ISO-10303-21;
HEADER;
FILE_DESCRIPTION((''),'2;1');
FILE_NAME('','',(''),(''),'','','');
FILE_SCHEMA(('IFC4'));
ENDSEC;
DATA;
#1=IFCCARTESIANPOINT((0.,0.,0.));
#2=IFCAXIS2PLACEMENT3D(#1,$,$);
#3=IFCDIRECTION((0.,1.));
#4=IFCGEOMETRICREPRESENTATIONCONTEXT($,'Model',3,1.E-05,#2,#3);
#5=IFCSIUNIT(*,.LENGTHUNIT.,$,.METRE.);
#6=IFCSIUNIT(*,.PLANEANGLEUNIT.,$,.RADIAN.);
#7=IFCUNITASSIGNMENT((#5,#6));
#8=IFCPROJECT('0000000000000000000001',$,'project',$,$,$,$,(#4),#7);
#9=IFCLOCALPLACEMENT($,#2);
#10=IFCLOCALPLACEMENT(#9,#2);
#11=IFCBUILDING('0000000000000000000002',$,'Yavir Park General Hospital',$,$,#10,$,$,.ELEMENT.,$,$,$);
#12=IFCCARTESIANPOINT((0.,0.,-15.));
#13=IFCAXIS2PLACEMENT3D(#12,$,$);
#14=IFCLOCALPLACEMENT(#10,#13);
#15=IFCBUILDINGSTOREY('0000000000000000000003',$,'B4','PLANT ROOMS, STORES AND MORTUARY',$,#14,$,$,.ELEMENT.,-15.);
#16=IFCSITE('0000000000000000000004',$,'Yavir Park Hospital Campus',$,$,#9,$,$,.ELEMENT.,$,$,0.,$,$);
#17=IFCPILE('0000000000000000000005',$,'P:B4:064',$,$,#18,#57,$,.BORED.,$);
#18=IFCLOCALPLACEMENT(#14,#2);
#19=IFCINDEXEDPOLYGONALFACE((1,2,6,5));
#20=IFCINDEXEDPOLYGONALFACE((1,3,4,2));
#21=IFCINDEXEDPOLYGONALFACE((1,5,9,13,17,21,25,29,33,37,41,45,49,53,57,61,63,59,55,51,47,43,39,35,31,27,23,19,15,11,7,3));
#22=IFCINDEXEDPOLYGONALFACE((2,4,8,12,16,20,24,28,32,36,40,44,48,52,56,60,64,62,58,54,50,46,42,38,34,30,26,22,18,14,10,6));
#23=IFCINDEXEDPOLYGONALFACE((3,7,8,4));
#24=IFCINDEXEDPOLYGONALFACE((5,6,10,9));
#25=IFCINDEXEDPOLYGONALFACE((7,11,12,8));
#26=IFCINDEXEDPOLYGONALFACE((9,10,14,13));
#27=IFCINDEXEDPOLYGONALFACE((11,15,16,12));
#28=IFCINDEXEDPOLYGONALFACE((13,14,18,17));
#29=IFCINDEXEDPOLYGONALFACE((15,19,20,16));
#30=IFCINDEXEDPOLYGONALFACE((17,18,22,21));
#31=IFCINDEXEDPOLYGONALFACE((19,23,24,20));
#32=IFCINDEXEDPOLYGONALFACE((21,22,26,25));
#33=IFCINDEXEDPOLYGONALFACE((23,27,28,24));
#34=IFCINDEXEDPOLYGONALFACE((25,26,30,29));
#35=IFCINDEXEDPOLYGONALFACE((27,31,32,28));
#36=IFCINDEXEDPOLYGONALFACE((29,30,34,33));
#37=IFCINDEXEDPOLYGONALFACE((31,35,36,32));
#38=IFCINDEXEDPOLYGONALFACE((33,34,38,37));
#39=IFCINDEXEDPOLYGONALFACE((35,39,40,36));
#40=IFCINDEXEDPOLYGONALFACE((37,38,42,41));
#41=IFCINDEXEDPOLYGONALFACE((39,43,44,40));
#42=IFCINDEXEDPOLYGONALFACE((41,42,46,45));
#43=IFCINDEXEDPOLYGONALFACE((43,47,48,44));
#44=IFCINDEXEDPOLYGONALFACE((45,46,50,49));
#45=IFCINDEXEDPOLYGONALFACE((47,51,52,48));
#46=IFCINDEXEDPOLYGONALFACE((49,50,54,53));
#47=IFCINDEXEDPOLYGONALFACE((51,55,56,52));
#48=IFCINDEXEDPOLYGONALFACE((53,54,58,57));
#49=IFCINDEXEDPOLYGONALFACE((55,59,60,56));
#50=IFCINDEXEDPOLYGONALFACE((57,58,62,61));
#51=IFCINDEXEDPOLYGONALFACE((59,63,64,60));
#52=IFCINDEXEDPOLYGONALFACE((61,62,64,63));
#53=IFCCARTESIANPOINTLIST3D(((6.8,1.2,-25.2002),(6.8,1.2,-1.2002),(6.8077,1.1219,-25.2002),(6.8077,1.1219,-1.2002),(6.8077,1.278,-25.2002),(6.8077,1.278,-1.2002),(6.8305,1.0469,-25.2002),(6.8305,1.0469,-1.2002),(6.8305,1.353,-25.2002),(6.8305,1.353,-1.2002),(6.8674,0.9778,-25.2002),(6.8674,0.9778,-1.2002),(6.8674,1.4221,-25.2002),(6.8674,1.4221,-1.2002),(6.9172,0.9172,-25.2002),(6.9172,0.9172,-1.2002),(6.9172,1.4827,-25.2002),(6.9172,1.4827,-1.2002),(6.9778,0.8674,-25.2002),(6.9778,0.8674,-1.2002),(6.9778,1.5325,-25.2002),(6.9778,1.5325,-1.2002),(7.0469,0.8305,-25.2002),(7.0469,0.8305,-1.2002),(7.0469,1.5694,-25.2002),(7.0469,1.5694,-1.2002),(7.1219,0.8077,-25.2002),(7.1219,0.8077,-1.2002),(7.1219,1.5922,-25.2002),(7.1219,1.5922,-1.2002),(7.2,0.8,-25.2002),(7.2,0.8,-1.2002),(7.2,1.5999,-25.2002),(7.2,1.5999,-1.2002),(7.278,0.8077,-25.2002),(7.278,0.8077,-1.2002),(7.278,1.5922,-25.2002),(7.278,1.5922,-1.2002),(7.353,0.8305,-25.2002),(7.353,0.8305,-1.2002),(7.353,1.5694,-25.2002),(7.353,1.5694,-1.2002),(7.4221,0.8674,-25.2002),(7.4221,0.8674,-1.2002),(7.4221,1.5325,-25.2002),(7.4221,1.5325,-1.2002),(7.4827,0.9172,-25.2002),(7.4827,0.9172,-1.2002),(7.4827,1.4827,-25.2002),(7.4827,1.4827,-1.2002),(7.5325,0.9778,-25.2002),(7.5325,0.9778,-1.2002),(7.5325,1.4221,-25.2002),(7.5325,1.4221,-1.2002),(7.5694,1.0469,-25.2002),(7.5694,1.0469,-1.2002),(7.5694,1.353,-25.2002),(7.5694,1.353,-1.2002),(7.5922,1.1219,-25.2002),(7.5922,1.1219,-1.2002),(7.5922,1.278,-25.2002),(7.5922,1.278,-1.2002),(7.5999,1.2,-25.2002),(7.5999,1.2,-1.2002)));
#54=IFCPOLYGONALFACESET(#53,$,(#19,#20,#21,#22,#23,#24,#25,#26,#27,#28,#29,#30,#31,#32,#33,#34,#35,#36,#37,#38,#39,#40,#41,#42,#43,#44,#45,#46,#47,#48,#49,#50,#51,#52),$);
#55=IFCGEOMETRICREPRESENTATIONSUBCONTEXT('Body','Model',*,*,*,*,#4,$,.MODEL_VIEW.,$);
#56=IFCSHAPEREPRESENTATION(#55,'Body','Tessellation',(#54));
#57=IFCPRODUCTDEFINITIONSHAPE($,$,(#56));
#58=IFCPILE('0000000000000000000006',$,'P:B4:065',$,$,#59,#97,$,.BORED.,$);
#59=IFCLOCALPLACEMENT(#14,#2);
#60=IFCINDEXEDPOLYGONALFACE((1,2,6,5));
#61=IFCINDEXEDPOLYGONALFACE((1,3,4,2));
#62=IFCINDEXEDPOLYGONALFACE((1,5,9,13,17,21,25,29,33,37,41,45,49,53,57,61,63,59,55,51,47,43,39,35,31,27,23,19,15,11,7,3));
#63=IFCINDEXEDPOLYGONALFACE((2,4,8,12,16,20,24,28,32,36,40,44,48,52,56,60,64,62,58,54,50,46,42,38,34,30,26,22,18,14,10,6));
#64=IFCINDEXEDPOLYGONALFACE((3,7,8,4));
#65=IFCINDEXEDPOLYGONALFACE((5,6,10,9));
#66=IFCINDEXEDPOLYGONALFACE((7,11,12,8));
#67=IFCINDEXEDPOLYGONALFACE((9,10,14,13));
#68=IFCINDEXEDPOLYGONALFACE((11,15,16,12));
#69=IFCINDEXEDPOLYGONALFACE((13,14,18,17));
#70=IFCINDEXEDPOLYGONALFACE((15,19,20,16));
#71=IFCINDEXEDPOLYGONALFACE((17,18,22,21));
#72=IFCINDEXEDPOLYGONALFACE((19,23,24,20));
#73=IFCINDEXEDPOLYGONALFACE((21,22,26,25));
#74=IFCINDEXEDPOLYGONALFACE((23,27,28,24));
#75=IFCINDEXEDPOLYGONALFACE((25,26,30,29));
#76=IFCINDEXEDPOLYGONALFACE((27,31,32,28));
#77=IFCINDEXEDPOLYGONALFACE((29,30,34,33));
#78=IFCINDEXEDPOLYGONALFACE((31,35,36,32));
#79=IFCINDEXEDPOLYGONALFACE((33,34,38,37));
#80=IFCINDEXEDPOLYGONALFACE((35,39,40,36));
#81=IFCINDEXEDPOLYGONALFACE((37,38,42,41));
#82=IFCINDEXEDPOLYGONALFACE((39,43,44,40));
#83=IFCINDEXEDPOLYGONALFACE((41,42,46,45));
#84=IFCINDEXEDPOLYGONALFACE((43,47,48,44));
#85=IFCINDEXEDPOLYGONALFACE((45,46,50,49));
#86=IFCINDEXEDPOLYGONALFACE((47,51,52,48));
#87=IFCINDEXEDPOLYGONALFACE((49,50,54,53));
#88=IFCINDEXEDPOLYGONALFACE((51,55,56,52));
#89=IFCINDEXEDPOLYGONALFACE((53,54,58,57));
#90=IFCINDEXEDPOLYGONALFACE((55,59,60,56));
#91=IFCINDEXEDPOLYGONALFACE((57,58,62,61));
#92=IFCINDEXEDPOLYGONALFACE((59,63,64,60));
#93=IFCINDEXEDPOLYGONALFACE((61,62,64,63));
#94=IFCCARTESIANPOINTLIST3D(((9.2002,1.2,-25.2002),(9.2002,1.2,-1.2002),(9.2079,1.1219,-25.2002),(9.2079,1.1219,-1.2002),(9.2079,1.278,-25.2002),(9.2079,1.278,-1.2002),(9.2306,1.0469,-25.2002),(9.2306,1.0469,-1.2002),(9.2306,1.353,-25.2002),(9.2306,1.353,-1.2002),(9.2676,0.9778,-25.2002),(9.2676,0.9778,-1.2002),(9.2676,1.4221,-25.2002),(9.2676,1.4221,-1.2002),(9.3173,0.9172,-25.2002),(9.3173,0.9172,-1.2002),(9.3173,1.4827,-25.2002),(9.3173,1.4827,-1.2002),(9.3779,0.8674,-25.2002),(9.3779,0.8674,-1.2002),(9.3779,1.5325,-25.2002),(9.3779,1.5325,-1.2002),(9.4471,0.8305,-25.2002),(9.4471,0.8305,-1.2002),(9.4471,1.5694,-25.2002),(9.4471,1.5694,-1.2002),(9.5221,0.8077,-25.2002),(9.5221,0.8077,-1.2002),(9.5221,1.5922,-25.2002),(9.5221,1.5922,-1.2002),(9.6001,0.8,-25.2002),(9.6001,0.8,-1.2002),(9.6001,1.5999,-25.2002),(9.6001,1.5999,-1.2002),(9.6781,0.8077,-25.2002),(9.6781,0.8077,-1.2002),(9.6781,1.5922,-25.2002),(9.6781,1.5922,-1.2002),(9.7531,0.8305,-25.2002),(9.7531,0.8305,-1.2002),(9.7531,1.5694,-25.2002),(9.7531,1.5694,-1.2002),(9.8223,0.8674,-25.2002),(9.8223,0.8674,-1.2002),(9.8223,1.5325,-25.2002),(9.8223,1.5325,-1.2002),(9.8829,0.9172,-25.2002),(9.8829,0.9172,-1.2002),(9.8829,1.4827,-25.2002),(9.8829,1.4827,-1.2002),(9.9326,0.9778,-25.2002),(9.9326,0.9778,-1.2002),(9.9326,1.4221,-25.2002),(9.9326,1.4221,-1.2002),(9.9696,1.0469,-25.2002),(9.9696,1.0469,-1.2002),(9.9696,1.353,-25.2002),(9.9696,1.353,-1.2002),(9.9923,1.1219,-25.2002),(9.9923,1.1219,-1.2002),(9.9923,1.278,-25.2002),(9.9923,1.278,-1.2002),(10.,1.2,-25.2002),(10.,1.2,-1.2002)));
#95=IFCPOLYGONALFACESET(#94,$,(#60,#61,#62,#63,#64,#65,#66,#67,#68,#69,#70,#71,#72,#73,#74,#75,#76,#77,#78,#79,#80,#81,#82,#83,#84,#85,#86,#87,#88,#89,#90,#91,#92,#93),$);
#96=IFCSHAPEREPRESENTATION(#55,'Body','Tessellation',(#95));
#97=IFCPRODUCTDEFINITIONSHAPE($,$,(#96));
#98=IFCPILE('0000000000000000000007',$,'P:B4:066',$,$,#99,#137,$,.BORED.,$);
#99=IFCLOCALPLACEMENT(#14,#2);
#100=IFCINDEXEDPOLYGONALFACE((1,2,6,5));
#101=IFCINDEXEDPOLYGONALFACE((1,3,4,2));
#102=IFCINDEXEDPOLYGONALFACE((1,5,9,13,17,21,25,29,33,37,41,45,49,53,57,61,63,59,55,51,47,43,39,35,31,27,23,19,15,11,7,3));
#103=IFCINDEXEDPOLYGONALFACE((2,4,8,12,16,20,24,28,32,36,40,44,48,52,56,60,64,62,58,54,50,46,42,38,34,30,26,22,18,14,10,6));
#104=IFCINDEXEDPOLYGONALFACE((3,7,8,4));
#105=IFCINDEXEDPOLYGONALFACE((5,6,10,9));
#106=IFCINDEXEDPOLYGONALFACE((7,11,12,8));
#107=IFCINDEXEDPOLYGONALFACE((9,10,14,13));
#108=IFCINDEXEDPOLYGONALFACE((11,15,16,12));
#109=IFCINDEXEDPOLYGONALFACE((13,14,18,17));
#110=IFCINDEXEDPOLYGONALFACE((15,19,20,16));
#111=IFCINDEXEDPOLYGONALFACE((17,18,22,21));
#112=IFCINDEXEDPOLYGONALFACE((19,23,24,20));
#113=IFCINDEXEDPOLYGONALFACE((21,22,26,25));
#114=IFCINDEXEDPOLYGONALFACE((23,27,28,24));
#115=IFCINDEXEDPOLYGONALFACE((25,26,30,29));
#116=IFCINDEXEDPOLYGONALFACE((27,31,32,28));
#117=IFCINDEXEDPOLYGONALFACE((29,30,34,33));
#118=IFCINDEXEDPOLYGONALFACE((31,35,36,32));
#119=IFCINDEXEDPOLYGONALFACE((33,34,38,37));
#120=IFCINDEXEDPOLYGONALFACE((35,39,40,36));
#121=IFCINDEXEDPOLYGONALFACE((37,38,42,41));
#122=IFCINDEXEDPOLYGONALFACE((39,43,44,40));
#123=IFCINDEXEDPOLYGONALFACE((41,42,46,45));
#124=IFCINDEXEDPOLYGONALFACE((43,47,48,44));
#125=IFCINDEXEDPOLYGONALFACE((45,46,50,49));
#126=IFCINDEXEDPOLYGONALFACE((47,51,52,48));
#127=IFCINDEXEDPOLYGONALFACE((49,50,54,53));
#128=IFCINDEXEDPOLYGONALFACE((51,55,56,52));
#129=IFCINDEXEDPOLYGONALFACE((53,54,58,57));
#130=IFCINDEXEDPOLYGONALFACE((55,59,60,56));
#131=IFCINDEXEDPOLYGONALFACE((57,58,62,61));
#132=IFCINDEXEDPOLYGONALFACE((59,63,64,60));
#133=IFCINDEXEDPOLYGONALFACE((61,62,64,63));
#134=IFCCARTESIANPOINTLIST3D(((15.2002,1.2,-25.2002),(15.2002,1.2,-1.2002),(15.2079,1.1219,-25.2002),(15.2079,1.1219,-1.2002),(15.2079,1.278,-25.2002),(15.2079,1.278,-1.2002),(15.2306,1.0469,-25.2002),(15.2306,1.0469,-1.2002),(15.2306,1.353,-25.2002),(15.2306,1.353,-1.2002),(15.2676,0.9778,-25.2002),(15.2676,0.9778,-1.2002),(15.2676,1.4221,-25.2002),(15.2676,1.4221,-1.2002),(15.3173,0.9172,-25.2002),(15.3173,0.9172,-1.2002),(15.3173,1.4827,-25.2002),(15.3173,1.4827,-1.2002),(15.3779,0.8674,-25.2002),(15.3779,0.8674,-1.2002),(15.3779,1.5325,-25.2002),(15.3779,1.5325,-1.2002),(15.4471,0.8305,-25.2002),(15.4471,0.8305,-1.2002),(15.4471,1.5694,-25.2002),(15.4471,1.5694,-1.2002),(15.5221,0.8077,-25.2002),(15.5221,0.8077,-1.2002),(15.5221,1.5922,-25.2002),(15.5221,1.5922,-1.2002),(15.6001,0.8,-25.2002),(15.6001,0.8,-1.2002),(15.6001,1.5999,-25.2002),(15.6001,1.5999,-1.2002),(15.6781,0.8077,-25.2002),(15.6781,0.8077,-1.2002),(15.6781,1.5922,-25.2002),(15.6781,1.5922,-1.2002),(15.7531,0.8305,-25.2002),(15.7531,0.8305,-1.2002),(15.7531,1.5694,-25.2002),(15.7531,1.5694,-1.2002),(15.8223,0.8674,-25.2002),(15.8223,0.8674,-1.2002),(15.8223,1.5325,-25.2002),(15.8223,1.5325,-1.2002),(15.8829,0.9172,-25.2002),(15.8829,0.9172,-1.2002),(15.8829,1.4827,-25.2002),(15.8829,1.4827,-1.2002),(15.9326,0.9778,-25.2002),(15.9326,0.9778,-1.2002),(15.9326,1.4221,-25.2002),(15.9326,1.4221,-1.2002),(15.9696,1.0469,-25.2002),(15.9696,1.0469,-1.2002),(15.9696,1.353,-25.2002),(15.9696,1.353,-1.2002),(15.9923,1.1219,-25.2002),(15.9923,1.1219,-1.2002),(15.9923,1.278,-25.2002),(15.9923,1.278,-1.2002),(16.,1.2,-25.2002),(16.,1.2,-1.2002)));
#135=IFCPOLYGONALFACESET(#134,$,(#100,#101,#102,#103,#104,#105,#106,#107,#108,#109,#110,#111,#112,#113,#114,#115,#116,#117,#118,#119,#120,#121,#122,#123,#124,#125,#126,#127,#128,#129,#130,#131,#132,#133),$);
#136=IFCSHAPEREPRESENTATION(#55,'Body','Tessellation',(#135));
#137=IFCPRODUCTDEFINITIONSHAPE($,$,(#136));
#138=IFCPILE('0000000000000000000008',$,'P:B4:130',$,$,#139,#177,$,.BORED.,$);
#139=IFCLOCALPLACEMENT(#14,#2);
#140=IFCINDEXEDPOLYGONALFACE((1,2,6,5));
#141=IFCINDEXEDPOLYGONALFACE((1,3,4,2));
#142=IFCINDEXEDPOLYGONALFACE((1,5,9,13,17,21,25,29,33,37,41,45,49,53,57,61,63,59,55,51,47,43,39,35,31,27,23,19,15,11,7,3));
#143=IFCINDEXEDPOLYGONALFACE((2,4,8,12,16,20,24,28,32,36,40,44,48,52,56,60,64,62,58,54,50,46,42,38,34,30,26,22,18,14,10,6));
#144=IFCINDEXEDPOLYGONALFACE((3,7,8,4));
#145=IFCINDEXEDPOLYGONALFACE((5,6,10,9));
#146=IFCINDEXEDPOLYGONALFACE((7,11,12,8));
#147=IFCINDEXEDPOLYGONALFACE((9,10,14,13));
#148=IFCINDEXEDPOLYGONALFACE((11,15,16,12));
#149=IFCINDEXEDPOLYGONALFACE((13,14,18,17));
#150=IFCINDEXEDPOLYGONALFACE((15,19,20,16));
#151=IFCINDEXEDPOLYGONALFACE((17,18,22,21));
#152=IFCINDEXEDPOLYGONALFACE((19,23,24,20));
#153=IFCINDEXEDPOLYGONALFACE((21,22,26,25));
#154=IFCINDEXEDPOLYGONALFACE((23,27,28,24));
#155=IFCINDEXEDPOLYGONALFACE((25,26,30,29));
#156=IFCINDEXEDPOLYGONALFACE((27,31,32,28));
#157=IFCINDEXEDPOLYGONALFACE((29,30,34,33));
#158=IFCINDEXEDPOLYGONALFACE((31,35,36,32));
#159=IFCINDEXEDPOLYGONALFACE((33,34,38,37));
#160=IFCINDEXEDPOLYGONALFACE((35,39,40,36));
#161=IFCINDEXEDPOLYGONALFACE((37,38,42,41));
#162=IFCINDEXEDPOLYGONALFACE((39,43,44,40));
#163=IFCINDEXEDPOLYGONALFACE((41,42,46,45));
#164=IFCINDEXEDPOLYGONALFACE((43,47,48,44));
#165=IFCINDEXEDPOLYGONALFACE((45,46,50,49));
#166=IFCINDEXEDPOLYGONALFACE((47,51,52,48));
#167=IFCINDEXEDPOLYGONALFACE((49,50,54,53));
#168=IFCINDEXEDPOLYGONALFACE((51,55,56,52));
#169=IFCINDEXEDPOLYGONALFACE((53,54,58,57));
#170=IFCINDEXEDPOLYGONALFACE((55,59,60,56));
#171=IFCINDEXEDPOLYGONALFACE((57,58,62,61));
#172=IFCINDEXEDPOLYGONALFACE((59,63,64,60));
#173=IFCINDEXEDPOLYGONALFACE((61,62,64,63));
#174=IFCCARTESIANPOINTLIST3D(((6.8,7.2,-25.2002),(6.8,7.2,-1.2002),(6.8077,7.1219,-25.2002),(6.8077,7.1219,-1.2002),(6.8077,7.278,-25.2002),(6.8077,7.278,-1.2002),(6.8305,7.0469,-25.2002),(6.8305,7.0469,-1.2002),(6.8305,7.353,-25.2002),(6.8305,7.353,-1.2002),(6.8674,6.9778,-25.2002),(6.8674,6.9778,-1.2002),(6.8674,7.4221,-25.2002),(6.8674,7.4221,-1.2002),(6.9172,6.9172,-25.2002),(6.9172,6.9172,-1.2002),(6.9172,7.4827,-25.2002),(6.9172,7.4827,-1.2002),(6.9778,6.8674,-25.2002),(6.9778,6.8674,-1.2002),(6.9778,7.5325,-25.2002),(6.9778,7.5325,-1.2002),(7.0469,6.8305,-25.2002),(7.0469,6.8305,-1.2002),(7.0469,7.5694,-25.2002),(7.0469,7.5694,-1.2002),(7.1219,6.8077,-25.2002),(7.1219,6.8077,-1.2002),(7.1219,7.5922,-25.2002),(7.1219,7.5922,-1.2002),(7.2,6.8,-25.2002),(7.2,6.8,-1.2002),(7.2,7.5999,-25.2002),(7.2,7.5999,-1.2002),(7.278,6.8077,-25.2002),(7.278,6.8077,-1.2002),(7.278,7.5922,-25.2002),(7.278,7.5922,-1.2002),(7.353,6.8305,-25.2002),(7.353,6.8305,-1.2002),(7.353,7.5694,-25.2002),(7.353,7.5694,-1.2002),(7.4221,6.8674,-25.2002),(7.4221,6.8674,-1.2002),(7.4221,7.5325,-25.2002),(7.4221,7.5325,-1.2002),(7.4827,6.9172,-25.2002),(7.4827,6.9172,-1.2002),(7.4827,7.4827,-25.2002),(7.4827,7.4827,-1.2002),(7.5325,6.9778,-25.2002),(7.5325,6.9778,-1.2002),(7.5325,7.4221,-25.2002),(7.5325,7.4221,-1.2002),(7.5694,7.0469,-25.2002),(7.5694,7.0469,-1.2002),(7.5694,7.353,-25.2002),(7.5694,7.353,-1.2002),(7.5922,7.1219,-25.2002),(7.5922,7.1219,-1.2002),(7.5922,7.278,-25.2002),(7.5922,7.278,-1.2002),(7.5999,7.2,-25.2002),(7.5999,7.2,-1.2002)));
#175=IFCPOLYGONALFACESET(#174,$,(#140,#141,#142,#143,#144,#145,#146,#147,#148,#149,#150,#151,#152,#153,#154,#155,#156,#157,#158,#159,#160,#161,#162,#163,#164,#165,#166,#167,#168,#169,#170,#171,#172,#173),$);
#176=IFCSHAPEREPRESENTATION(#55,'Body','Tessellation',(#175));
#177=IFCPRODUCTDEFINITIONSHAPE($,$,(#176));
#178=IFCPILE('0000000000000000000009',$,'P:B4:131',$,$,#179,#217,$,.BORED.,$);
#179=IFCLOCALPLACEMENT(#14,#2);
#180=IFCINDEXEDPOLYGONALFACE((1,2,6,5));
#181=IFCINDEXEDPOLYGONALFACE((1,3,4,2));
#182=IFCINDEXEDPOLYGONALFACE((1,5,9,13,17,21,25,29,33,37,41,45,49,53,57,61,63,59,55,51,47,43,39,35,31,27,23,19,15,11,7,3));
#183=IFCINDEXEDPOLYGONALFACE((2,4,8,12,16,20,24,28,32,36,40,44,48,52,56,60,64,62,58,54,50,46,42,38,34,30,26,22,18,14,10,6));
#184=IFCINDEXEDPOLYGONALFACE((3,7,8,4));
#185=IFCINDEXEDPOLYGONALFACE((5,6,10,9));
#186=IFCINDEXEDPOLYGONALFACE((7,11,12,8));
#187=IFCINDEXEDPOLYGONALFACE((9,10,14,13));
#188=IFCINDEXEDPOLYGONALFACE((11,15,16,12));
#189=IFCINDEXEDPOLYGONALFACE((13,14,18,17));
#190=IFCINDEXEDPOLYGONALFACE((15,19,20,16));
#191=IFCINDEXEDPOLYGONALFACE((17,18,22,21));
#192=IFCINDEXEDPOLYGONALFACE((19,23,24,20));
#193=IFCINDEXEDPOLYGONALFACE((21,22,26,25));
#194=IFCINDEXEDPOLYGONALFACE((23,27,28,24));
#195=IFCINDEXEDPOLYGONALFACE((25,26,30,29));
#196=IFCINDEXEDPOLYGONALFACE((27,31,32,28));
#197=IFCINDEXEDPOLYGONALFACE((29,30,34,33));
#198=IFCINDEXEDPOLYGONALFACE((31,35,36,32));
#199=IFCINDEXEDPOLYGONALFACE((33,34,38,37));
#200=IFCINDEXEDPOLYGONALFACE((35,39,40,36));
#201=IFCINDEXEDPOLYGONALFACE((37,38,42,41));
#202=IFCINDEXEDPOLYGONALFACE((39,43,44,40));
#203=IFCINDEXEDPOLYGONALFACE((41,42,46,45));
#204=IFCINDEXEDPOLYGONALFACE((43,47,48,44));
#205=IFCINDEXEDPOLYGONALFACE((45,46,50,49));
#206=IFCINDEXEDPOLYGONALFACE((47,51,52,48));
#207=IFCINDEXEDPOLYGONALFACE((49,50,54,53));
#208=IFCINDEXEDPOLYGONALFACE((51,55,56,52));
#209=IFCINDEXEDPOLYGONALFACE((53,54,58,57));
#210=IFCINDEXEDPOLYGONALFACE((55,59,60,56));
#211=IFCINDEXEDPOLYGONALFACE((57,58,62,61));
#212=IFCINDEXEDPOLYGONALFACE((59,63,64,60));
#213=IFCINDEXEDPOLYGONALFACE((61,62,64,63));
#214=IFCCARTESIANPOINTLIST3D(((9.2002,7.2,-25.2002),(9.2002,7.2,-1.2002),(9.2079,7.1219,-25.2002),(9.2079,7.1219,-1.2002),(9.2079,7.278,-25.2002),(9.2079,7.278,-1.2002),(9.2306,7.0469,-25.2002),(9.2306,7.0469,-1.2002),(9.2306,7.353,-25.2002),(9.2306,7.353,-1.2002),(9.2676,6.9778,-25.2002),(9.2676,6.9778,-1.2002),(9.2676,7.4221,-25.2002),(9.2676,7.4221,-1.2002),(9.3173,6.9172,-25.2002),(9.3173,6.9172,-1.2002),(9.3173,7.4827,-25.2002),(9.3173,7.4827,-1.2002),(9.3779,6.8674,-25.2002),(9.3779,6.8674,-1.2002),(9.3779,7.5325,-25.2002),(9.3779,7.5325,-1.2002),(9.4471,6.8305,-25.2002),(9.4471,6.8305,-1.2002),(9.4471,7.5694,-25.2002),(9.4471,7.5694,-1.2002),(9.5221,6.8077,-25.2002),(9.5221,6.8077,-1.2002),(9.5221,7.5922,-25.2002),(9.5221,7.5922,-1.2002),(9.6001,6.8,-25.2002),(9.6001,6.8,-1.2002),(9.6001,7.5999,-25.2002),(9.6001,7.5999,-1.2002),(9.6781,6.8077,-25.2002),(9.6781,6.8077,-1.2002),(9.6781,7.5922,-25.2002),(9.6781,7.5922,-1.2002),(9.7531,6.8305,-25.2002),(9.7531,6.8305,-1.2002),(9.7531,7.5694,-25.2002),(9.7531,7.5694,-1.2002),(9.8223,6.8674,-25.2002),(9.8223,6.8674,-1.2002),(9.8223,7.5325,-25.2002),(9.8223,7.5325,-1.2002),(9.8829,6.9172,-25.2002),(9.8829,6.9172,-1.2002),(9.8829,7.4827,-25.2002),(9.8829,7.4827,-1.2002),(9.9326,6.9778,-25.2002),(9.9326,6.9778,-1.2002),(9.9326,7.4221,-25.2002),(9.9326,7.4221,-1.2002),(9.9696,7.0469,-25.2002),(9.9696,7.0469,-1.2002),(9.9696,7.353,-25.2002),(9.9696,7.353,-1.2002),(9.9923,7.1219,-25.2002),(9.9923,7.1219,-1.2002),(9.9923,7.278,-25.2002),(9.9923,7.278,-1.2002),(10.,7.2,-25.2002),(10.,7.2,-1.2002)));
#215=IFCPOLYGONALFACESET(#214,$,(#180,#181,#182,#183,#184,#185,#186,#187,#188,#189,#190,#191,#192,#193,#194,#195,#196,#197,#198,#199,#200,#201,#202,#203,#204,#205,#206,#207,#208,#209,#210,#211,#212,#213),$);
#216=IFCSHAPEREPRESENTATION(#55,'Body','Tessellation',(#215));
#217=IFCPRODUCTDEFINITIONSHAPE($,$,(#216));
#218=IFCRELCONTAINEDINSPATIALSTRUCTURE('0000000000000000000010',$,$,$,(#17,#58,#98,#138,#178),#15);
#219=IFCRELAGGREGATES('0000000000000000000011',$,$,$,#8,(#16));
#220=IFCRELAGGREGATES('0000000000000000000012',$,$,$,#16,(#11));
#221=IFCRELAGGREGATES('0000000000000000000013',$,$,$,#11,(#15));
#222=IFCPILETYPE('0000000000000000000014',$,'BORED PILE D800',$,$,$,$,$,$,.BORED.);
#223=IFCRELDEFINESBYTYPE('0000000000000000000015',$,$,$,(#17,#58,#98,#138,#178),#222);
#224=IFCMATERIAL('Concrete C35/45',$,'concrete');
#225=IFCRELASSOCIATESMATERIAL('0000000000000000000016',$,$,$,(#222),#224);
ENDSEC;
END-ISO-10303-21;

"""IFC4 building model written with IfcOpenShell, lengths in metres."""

from ifc_helpers import new_model, si_unit, direction, frame, origin, origin_2d, place, context, subcontext, project, spatial, circle, extrude, material, material_profile, profile_set, type_object, element, save


model = new_model("IFC4")

# Units and contexts
model_context = context("Model", 3, precision=1e-05, world=origin(), true_north=direction((0.0, 1.0)))
body_context = subcontext(model_context, "Body", "Model", "MODEL_VIEW")
ifc_project = project(units=[si_unit("LENGTHUNIT", "METRE"), si_unit("PLANEANGLEUNIT", "RADIAN")], contexts=[model_context])

# Site, building, storey
site_placement = place(None, origin())
site = spatial("IfcSite", under=ifc_project, at=site_placement, Name="Yavir Park Hospital Campus", CompositionType="ELEMENT", RefElevation=0.0)
building_placement = place(site_placement, origin())
building = spatial("IfcBuilding", under=site, at=building_placement, Name="Yavir Park General Hospital", CompositionType="ELEMENT")
storey_placement = place(building_placement, frame((0.0, 0.0, -15.0)))
storey = spatial("IfcBuildingStorey", under=building, at=storey_placement, Name="B4", Description="PLANT ROOMS, STORES AND MORTUARY", CompositionType="ELEMENT", Elevation=-15.0)

# Piles
ifc_material_1 = material(Name="Concrete C35/45", Category="concrete")
ifc_material_profile_1 = material_profile(ifc_material_1, circle(Radius=0.3999, at=origin_2d()), Name="D800")
ifc_profile_set_1 = profile_set([ifc_material_profile_1], Name="Concrete C35/45")
pile_type = type_object("IfcPileType", Name="BORED PILE D800", PredefinedType="BORED", material=ifc_profile_set_1)
for number, where, z_axis, x_axis, name in (
    (1, (7.2, 1.2, -1.2002), (0.0, 0.0, -1.0), (1.0, 0.0, 0.0), "P:B4:064"),
    (2, (9.6001, 1.2, -1.2002), (0.0, 0.0, -1.0), (1.0, 0.0, 0.0), "P:B4:065"),
    (3, (15.6001, 1.2, -1.2002), (0.0, 0.0, -1.0), (1.0, 0.0, 0.0), "P:B4:066"),
    (4, (7.2, 7.2, -1.2002), (0.0, 0.0, -1.0), (1.0, 0.0, 0.0), "P:B4:130"),
    (5, (9.6001, 7.2, -1.2002), (0.0, 0.0, -1.0), (1.0, 0.0, 0.0), "P:B4:131"),
):
    element("IfcPile", number, at=place(storey_placement, frame(where, z_axis=z_axis, x_axis=x_axis)), inside=storey, type_object=pile_type, Name=name, PredefinedType="BORED", context=body_context, shape_type="SweptSolid", body=[
        extrude(circle(Radius=0.3999, at=origin_2d()), origin(), (0.0, 0.0, 1.0), 24.0),
    ])

save(model, "model.ifc")
